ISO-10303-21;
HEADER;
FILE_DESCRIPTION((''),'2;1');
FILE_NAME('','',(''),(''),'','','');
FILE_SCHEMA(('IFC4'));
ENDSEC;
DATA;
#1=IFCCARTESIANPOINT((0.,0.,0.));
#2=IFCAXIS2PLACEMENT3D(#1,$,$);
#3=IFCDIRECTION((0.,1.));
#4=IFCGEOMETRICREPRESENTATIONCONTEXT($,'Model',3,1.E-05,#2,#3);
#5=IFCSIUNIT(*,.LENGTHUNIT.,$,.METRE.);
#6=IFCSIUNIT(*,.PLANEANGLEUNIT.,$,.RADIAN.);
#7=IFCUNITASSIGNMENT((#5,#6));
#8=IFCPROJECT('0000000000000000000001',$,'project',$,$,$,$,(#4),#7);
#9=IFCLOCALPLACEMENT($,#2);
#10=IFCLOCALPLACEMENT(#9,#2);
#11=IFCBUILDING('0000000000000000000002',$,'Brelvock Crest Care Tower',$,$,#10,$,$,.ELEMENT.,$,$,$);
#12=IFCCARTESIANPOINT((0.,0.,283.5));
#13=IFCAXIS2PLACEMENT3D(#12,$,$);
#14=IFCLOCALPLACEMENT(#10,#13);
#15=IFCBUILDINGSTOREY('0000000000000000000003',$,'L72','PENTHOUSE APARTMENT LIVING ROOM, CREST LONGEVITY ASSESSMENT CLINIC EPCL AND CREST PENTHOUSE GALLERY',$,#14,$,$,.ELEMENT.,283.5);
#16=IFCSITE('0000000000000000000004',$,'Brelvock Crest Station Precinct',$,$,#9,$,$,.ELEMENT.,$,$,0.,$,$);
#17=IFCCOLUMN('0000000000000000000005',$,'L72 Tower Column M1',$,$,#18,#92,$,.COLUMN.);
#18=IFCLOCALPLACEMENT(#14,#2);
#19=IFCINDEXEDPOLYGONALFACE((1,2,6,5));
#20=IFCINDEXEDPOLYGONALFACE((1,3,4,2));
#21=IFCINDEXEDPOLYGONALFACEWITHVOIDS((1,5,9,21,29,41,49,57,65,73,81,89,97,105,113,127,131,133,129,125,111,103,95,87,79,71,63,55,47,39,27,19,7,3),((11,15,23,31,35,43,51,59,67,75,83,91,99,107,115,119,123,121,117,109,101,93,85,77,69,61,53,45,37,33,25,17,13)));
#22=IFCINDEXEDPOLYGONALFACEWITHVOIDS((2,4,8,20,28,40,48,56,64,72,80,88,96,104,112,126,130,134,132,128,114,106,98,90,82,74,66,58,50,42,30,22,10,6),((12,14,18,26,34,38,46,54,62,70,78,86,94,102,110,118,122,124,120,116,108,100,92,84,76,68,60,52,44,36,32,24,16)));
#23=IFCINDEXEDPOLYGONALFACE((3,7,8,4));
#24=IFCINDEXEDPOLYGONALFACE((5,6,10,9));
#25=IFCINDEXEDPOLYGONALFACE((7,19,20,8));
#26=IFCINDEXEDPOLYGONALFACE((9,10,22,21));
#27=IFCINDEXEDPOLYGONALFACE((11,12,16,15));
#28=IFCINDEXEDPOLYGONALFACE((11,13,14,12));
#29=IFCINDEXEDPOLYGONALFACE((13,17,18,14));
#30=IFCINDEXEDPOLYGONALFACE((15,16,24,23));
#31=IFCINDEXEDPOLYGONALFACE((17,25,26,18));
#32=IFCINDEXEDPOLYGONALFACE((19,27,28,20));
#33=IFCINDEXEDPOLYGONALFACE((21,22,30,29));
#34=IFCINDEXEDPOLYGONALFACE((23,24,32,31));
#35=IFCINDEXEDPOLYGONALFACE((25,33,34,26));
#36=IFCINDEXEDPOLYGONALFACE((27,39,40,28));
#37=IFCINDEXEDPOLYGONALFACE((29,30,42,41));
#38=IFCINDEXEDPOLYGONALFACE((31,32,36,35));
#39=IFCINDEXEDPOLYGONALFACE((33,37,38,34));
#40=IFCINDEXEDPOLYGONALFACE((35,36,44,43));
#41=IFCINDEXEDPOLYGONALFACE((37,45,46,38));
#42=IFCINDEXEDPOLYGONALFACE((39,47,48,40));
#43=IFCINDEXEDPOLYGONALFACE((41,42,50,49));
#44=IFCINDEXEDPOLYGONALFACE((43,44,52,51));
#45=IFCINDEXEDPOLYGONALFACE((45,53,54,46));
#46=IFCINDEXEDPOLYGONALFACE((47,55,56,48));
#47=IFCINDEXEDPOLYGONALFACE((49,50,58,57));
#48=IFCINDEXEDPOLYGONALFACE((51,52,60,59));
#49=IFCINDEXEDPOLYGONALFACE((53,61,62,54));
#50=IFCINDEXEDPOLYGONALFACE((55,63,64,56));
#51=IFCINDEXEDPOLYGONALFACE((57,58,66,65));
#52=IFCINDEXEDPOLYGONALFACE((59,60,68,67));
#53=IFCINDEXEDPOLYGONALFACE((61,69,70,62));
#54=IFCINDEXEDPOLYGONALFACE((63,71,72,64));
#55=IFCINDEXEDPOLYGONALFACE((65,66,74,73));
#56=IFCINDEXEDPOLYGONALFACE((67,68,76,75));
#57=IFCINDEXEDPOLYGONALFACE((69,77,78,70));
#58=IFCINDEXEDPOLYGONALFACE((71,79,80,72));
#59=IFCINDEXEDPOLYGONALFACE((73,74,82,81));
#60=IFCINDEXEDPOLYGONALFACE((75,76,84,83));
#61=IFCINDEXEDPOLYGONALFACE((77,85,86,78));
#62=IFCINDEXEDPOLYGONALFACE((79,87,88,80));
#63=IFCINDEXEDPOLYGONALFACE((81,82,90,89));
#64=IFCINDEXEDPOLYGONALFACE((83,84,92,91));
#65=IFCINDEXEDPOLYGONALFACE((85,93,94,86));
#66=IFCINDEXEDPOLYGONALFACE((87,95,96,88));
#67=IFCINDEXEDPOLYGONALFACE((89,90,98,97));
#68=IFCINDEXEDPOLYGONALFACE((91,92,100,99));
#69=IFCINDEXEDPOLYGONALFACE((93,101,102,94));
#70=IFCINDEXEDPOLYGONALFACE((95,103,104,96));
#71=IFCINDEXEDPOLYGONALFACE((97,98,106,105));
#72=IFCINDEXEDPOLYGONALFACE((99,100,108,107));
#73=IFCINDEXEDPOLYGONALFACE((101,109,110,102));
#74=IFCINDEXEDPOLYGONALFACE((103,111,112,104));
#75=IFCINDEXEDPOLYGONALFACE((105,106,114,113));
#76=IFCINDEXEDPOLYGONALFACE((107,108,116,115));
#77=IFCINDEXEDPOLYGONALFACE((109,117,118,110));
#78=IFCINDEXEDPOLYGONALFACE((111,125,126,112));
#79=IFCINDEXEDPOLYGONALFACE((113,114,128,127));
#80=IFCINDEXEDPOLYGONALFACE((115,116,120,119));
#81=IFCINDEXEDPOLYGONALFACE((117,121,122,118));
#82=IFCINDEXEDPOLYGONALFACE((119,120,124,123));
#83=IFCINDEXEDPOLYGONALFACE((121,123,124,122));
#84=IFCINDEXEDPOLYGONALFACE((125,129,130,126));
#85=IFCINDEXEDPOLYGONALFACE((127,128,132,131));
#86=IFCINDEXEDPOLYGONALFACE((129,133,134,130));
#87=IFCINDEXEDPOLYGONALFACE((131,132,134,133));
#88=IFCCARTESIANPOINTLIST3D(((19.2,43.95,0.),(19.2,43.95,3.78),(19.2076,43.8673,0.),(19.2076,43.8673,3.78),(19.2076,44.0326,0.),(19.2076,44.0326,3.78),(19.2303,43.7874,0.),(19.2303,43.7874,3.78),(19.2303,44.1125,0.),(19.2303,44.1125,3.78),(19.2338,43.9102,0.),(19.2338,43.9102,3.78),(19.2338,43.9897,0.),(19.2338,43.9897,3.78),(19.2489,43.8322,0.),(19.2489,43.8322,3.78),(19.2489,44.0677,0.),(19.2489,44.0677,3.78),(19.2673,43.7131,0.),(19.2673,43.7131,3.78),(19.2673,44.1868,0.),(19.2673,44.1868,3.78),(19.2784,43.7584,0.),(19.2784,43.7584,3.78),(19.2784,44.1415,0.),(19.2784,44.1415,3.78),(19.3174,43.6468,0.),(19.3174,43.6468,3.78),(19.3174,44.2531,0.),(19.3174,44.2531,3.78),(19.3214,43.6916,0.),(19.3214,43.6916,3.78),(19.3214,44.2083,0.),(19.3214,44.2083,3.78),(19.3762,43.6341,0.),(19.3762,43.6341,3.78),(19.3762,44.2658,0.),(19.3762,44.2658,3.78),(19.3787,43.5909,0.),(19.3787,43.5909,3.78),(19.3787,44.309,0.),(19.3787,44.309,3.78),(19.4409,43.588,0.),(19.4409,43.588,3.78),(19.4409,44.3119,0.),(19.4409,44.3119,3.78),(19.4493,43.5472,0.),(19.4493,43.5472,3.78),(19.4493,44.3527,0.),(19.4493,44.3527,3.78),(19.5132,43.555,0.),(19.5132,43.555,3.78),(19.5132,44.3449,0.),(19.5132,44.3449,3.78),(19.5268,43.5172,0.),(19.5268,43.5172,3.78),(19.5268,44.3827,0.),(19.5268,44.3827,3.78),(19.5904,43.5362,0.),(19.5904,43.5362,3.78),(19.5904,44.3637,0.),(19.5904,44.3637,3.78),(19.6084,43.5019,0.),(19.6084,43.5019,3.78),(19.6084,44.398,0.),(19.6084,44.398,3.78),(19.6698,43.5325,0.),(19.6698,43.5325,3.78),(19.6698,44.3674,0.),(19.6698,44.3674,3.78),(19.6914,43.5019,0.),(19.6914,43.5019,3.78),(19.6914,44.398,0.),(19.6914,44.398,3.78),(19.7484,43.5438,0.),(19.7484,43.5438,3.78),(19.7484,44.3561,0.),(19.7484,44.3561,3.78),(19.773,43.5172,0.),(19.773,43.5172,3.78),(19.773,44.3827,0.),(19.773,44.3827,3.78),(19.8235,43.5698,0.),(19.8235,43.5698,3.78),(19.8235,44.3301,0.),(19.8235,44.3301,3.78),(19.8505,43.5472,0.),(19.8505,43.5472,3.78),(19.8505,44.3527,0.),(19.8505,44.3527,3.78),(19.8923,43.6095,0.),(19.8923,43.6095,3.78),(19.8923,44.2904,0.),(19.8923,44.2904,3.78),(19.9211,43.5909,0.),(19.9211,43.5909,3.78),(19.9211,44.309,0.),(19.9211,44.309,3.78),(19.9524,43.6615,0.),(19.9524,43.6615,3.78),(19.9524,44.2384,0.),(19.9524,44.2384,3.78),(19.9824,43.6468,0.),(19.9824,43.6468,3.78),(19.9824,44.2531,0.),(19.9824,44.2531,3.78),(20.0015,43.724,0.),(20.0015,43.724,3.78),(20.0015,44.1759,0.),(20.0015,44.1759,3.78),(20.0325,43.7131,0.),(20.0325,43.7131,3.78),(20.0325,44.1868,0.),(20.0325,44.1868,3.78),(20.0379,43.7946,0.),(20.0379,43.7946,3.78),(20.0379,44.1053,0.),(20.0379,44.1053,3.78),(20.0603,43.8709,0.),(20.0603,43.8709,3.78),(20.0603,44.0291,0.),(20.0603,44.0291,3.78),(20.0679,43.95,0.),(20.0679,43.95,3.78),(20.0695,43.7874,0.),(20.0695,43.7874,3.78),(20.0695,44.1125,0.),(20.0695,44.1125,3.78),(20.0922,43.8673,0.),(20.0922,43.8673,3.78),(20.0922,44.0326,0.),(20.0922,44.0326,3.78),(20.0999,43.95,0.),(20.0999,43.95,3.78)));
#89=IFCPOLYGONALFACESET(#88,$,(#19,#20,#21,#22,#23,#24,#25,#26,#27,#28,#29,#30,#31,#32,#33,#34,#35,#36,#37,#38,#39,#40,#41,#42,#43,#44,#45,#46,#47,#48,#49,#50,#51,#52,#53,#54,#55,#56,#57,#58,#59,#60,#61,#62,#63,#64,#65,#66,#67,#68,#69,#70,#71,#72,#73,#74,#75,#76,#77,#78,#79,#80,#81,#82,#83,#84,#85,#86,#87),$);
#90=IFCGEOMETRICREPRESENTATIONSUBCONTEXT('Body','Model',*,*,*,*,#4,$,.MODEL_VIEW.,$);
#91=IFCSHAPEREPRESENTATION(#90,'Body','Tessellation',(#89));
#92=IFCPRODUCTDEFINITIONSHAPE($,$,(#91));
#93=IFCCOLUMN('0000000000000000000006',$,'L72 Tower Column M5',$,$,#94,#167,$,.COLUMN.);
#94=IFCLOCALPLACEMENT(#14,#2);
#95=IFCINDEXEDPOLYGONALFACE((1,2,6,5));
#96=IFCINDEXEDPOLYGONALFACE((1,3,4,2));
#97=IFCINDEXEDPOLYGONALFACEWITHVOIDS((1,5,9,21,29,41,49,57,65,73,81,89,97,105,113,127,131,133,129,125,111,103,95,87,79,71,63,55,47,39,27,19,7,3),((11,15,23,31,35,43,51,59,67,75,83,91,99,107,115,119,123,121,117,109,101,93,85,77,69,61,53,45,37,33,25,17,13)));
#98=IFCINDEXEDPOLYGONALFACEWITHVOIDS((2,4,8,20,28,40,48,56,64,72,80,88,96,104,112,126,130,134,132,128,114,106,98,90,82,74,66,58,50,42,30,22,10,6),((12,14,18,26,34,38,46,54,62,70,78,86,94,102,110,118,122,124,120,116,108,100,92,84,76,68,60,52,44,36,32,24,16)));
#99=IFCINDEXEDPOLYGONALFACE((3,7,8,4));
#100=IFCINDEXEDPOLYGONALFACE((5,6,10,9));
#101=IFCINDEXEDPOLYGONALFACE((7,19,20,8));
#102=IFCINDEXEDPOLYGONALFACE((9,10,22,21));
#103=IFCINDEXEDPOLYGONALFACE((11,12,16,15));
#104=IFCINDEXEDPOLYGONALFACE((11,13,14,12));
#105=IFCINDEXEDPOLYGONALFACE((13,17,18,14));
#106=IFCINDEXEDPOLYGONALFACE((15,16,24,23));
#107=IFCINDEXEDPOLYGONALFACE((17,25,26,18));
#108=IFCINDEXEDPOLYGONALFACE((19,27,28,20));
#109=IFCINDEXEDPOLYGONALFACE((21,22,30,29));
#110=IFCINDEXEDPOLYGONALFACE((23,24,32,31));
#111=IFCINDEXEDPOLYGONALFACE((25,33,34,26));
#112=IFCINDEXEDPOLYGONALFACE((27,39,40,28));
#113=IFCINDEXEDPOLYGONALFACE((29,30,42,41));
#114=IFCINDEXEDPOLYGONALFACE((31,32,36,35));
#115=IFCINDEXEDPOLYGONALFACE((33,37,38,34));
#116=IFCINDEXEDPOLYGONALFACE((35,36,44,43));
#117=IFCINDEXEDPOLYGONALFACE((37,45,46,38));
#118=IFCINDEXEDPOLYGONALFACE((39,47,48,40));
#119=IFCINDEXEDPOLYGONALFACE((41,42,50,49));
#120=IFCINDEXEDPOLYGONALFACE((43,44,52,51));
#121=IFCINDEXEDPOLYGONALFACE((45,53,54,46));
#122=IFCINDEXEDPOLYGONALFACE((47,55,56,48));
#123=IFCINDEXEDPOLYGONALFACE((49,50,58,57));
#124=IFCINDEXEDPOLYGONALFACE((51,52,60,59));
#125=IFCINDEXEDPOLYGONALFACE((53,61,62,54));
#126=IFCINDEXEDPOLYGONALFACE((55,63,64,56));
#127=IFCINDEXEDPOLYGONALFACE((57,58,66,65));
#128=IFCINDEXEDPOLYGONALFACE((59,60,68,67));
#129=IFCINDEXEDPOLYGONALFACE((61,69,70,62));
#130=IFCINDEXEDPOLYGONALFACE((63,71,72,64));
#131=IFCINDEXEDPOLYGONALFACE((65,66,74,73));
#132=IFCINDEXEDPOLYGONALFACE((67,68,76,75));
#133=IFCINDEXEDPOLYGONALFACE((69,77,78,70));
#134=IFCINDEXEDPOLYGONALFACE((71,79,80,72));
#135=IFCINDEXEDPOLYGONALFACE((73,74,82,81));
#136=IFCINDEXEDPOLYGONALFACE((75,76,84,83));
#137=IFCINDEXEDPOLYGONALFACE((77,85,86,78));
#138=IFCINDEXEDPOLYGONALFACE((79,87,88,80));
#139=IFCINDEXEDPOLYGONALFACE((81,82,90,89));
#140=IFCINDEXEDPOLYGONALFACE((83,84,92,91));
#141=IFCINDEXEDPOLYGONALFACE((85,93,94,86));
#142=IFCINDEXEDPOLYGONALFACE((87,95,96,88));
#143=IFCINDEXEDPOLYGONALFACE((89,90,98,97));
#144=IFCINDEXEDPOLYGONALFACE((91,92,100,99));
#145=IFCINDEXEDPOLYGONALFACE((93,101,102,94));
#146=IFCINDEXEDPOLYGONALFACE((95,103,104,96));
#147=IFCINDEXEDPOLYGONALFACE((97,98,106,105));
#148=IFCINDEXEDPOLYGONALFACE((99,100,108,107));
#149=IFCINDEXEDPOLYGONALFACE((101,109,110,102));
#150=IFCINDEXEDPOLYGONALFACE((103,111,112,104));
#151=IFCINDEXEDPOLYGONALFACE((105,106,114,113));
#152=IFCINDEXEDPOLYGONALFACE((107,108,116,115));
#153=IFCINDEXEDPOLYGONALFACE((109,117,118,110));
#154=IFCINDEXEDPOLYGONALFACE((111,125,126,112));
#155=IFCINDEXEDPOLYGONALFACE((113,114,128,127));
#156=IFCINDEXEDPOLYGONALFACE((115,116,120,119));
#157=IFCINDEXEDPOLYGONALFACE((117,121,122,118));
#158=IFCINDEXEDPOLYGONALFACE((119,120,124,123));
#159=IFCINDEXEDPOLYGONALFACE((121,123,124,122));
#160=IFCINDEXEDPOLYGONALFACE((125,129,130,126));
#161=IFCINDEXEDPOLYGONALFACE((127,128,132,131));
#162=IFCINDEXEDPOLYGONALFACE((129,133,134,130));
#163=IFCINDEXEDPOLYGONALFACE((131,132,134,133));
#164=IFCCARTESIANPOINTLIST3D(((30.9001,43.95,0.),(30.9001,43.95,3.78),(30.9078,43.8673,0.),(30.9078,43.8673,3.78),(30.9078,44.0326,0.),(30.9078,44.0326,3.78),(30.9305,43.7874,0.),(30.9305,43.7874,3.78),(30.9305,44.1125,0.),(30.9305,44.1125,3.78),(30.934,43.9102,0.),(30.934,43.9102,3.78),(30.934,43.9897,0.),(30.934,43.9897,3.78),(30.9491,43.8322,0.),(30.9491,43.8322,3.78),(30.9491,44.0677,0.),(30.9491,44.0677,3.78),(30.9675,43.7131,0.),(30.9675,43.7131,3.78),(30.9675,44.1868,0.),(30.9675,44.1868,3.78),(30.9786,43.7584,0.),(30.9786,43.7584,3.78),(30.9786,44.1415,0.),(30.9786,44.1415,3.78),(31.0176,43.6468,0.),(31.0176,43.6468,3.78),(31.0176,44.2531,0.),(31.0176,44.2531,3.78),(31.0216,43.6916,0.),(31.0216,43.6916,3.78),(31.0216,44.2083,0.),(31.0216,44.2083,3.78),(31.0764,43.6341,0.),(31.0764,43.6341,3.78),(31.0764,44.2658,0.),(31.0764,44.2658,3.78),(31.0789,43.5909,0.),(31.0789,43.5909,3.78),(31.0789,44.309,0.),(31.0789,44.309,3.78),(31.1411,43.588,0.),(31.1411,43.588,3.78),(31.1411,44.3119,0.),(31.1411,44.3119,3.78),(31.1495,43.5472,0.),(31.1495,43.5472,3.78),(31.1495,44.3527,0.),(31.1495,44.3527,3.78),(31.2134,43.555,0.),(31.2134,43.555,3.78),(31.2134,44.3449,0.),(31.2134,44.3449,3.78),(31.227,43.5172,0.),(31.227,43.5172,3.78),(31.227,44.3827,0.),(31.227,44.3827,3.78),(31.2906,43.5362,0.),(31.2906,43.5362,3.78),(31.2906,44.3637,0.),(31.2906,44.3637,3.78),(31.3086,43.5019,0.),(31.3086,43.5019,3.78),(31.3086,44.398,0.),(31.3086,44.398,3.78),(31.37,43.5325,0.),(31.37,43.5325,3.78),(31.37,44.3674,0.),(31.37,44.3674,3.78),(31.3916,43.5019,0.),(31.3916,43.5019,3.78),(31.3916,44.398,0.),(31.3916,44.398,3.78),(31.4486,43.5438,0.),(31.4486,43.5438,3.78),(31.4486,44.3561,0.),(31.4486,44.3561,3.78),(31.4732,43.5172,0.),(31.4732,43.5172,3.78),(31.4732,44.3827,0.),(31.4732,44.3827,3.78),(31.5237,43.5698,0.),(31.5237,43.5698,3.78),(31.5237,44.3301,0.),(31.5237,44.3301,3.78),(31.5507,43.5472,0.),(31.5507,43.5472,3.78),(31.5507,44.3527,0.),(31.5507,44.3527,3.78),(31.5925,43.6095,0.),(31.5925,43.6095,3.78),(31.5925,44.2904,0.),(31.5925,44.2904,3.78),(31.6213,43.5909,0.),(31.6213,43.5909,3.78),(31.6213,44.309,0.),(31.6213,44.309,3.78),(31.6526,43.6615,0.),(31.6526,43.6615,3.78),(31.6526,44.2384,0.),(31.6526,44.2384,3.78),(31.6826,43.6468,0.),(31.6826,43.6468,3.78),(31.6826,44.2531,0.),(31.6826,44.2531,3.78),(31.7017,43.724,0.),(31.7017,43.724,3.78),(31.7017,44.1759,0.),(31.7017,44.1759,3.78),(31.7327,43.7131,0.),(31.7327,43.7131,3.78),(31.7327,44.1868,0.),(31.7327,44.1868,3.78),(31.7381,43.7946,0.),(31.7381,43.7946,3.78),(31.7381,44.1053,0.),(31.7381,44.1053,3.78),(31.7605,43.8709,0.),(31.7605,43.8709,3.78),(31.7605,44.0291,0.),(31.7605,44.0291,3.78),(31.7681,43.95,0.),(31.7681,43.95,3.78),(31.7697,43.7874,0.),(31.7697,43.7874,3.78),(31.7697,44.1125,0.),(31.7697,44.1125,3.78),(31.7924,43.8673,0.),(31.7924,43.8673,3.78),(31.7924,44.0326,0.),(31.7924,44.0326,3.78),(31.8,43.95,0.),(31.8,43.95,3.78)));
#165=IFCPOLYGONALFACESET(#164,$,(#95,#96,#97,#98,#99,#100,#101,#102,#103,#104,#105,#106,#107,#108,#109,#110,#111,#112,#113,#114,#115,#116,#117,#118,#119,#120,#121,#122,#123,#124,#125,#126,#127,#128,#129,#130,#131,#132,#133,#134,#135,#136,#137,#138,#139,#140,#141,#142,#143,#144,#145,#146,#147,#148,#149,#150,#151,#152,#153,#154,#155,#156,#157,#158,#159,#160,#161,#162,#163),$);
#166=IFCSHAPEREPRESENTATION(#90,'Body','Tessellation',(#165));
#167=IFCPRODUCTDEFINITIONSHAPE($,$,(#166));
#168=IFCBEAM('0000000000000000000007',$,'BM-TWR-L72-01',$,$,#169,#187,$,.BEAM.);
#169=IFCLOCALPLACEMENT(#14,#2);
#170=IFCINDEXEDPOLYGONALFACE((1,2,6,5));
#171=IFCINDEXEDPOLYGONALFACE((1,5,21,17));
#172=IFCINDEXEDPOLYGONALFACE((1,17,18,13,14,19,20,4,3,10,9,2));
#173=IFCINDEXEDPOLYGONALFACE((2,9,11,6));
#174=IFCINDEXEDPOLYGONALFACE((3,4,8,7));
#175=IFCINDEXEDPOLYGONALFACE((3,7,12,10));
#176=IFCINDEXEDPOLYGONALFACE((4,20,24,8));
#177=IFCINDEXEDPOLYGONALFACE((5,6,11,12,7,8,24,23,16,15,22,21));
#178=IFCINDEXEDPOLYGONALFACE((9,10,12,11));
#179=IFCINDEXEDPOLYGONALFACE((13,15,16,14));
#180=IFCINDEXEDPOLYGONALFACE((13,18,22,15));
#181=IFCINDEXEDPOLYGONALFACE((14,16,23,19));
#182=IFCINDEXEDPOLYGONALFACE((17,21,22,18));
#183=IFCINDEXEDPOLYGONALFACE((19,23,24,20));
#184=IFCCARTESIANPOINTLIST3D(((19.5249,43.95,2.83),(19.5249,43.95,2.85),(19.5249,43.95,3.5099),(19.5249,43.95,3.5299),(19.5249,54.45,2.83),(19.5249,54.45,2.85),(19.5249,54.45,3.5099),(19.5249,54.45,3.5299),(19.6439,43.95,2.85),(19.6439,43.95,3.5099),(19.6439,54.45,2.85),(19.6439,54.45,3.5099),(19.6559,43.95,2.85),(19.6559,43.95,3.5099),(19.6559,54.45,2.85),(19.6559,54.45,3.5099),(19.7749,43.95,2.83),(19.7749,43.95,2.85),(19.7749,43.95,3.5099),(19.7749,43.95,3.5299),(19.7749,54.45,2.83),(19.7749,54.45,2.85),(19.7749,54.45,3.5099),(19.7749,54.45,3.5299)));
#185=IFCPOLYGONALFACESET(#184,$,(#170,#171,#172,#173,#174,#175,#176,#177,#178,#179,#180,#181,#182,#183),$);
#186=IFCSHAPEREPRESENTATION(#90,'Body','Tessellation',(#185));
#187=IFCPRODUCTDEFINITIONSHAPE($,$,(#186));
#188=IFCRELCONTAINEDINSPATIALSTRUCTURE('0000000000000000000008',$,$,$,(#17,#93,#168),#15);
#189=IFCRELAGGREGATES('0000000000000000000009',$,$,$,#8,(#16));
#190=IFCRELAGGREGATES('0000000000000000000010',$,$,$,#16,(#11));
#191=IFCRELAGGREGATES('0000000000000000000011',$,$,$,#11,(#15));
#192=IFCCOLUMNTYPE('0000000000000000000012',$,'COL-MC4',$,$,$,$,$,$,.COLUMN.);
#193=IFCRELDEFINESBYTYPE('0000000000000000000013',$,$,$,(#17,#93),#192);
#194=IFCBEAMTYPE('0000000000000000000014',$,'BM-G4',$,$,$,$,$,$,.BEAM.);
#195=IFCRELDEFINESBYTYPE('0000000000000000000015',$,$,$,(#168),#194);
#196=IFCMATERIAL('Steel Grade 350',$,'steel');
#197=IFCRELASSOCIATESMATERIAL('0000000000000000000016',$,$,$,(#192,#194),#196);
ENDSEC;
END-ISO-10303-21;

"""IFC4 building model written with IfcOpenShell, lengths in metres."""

from ifc_helpers import new_model, si_unit, direction, frame, origin, origin_2d, place, context, subcontext, project, spatial, hollow_circle, i_section, extrude, source, transform, mapped, material, material_profile, profile_set, type_object, element, save


model = new_model("IFC4")

# Units and contexts
model_context = context("Model", 3, precision=1e-05, world=origin(), true_north=direction((0.0, 1.0)))
body_context = subcontext(model_context, "Body", "Model", "MODEL_VIEW")
ifc_project = project(units=[si_unit("LENGTHUNIT", "METRE"), si_unit("PLANEANGLEUNIT", "RADIAN")], contexts=[model_context])

# Site, building, storey
site_placement = place(None, origin())
site = spatial("IfcSite", under=ifc_project, at=site_placement, Name="Brelvock Crest Station Precinct", CompositionType="ELEMENT", RefElevation=0.0)
building_placement = place(site_placement, origin())
building = spatial("IfcBuilding", under=site, at=building_placement, Name="Brelvock Crest Care Tower", CompositionType="ELEMENT")
storey_placement = place(building_placement, frame((0.0, 0.0, 283.5)))
storey = spatial("IfcBuildingStorey", under=building, at=storey_placement, Name="L72", Description="PENTHOUSE APARTMENT LIVING ROOM, CREST LONGEVITY ASSESSMENT CLINIC EPCL AND CREST PENTHOUSE GALLERY", CompositionType="ELEMENT", Elevation=283.5)

# Columns
ifc_material_1 = material(Name="Steel Grade 350", Category="steel")
ifc_material_profile_1 = material_profile(ifc_material_1, hollow_circle(Radius=0.45, WallThickness=0.032, at=origin_2d()), Name="CFT900x32")
ifc_profile_set_1 = profile_set([ifc_material_profile_1], Name="Steel Grade 350")
column_type = type_object("IfcColumnType", Name="COL-MC4", PredefinedType="COLUMN", material=ifc_profile_set_1)
shared_shape_1 = source(origin(), body_context, "Body", "SweptSolid", [
    extrude(hollow_circle(Radius=0.45, WallThickness=0.032, at=origin_2d()), origin(), (0.0, 0.0, 1.0), 3.78),
])
for number, where, z_axis, x_axis, name in (
    (1, (19.6499, 43.95, 0.0), (0.0, 0.0, 1.0), (1.0, 0.0, 0.0), "L72 Tower Column M1"),
    (2, (31.3501, 43.95, 0.0), (0.0, 0.0, 1.0), (1.0, 0.0, 0.0), "L72 Tower Column M5"),
):
    element("IfcColumn", number, at=place(storey_placement, frame(where, z_axis=z_axis, x_axis=x_axis)), inside=storey, type_object=column_type, Name=name, PredefinedType="COLUMN", context=body_context, shape_type="MappedRepresentation", body=[
        mapped(shared_shape_1, transform((0.0, 0.0, 0.0), x_axis=(1.0, 0.0, 0.0), y_axis=(0.0, 1.0, 0.0), z_axis=(0.0, 0.0, 1.0), scale=1.0)),
    ])

# Beam
ifc_material_profile_2 = material_profile(ifc_material_1, i_section(OverallWidth=0.25, OverallDepth=0.7, WebThickness=0.012, FlangeThickness=0.02, at=origin_2d()), Name="700WB150")
ifc_profile_set_2 = profile_set([ifc_material_profile_2], Name="Steel Grade 350")
beam_type_1 = type_object("IfcBeamType", Name="BM-G4", PredefinedType="BEAM", material=ifc_profile_set_2)
shared_shape_2 = source(origin(), body_context, "Body", "SweptSolid", [
    extrude(i_section(OverallWidth=0.25, OverallDepth=0.7, WebThickness=0.012, FlangeThickness=0.02, at=origin_2d()), origin(), (0.0, 0.0, 1.0), 10.5),
])
beam_1_placement = place(storey_placement, frame((19.6499, 43.95, 3.1799), z_axis=(0.0, 1.0, 0.0), x_axis=(-1.0, 0.0, 0.0)))
element("IfcBeam", 3, at=beam_1_placement, inside=storey, type_object=beam_type_1, Name="BM-TWR-L72-01", PredefinedType="BEAM", context=body_context, shape_type="MappedRepresentation", body=[
    mapped(shared_shape_2, transform((0.0, 0.0, 0.0), x_axis=(1.0, 0.0, 0.0), y_axis=(0.0, 1.0, 0.0), z_axis=(0.0, 0.0, 1.0), scale=1.0)),
])

save(model, "model.ifc")
